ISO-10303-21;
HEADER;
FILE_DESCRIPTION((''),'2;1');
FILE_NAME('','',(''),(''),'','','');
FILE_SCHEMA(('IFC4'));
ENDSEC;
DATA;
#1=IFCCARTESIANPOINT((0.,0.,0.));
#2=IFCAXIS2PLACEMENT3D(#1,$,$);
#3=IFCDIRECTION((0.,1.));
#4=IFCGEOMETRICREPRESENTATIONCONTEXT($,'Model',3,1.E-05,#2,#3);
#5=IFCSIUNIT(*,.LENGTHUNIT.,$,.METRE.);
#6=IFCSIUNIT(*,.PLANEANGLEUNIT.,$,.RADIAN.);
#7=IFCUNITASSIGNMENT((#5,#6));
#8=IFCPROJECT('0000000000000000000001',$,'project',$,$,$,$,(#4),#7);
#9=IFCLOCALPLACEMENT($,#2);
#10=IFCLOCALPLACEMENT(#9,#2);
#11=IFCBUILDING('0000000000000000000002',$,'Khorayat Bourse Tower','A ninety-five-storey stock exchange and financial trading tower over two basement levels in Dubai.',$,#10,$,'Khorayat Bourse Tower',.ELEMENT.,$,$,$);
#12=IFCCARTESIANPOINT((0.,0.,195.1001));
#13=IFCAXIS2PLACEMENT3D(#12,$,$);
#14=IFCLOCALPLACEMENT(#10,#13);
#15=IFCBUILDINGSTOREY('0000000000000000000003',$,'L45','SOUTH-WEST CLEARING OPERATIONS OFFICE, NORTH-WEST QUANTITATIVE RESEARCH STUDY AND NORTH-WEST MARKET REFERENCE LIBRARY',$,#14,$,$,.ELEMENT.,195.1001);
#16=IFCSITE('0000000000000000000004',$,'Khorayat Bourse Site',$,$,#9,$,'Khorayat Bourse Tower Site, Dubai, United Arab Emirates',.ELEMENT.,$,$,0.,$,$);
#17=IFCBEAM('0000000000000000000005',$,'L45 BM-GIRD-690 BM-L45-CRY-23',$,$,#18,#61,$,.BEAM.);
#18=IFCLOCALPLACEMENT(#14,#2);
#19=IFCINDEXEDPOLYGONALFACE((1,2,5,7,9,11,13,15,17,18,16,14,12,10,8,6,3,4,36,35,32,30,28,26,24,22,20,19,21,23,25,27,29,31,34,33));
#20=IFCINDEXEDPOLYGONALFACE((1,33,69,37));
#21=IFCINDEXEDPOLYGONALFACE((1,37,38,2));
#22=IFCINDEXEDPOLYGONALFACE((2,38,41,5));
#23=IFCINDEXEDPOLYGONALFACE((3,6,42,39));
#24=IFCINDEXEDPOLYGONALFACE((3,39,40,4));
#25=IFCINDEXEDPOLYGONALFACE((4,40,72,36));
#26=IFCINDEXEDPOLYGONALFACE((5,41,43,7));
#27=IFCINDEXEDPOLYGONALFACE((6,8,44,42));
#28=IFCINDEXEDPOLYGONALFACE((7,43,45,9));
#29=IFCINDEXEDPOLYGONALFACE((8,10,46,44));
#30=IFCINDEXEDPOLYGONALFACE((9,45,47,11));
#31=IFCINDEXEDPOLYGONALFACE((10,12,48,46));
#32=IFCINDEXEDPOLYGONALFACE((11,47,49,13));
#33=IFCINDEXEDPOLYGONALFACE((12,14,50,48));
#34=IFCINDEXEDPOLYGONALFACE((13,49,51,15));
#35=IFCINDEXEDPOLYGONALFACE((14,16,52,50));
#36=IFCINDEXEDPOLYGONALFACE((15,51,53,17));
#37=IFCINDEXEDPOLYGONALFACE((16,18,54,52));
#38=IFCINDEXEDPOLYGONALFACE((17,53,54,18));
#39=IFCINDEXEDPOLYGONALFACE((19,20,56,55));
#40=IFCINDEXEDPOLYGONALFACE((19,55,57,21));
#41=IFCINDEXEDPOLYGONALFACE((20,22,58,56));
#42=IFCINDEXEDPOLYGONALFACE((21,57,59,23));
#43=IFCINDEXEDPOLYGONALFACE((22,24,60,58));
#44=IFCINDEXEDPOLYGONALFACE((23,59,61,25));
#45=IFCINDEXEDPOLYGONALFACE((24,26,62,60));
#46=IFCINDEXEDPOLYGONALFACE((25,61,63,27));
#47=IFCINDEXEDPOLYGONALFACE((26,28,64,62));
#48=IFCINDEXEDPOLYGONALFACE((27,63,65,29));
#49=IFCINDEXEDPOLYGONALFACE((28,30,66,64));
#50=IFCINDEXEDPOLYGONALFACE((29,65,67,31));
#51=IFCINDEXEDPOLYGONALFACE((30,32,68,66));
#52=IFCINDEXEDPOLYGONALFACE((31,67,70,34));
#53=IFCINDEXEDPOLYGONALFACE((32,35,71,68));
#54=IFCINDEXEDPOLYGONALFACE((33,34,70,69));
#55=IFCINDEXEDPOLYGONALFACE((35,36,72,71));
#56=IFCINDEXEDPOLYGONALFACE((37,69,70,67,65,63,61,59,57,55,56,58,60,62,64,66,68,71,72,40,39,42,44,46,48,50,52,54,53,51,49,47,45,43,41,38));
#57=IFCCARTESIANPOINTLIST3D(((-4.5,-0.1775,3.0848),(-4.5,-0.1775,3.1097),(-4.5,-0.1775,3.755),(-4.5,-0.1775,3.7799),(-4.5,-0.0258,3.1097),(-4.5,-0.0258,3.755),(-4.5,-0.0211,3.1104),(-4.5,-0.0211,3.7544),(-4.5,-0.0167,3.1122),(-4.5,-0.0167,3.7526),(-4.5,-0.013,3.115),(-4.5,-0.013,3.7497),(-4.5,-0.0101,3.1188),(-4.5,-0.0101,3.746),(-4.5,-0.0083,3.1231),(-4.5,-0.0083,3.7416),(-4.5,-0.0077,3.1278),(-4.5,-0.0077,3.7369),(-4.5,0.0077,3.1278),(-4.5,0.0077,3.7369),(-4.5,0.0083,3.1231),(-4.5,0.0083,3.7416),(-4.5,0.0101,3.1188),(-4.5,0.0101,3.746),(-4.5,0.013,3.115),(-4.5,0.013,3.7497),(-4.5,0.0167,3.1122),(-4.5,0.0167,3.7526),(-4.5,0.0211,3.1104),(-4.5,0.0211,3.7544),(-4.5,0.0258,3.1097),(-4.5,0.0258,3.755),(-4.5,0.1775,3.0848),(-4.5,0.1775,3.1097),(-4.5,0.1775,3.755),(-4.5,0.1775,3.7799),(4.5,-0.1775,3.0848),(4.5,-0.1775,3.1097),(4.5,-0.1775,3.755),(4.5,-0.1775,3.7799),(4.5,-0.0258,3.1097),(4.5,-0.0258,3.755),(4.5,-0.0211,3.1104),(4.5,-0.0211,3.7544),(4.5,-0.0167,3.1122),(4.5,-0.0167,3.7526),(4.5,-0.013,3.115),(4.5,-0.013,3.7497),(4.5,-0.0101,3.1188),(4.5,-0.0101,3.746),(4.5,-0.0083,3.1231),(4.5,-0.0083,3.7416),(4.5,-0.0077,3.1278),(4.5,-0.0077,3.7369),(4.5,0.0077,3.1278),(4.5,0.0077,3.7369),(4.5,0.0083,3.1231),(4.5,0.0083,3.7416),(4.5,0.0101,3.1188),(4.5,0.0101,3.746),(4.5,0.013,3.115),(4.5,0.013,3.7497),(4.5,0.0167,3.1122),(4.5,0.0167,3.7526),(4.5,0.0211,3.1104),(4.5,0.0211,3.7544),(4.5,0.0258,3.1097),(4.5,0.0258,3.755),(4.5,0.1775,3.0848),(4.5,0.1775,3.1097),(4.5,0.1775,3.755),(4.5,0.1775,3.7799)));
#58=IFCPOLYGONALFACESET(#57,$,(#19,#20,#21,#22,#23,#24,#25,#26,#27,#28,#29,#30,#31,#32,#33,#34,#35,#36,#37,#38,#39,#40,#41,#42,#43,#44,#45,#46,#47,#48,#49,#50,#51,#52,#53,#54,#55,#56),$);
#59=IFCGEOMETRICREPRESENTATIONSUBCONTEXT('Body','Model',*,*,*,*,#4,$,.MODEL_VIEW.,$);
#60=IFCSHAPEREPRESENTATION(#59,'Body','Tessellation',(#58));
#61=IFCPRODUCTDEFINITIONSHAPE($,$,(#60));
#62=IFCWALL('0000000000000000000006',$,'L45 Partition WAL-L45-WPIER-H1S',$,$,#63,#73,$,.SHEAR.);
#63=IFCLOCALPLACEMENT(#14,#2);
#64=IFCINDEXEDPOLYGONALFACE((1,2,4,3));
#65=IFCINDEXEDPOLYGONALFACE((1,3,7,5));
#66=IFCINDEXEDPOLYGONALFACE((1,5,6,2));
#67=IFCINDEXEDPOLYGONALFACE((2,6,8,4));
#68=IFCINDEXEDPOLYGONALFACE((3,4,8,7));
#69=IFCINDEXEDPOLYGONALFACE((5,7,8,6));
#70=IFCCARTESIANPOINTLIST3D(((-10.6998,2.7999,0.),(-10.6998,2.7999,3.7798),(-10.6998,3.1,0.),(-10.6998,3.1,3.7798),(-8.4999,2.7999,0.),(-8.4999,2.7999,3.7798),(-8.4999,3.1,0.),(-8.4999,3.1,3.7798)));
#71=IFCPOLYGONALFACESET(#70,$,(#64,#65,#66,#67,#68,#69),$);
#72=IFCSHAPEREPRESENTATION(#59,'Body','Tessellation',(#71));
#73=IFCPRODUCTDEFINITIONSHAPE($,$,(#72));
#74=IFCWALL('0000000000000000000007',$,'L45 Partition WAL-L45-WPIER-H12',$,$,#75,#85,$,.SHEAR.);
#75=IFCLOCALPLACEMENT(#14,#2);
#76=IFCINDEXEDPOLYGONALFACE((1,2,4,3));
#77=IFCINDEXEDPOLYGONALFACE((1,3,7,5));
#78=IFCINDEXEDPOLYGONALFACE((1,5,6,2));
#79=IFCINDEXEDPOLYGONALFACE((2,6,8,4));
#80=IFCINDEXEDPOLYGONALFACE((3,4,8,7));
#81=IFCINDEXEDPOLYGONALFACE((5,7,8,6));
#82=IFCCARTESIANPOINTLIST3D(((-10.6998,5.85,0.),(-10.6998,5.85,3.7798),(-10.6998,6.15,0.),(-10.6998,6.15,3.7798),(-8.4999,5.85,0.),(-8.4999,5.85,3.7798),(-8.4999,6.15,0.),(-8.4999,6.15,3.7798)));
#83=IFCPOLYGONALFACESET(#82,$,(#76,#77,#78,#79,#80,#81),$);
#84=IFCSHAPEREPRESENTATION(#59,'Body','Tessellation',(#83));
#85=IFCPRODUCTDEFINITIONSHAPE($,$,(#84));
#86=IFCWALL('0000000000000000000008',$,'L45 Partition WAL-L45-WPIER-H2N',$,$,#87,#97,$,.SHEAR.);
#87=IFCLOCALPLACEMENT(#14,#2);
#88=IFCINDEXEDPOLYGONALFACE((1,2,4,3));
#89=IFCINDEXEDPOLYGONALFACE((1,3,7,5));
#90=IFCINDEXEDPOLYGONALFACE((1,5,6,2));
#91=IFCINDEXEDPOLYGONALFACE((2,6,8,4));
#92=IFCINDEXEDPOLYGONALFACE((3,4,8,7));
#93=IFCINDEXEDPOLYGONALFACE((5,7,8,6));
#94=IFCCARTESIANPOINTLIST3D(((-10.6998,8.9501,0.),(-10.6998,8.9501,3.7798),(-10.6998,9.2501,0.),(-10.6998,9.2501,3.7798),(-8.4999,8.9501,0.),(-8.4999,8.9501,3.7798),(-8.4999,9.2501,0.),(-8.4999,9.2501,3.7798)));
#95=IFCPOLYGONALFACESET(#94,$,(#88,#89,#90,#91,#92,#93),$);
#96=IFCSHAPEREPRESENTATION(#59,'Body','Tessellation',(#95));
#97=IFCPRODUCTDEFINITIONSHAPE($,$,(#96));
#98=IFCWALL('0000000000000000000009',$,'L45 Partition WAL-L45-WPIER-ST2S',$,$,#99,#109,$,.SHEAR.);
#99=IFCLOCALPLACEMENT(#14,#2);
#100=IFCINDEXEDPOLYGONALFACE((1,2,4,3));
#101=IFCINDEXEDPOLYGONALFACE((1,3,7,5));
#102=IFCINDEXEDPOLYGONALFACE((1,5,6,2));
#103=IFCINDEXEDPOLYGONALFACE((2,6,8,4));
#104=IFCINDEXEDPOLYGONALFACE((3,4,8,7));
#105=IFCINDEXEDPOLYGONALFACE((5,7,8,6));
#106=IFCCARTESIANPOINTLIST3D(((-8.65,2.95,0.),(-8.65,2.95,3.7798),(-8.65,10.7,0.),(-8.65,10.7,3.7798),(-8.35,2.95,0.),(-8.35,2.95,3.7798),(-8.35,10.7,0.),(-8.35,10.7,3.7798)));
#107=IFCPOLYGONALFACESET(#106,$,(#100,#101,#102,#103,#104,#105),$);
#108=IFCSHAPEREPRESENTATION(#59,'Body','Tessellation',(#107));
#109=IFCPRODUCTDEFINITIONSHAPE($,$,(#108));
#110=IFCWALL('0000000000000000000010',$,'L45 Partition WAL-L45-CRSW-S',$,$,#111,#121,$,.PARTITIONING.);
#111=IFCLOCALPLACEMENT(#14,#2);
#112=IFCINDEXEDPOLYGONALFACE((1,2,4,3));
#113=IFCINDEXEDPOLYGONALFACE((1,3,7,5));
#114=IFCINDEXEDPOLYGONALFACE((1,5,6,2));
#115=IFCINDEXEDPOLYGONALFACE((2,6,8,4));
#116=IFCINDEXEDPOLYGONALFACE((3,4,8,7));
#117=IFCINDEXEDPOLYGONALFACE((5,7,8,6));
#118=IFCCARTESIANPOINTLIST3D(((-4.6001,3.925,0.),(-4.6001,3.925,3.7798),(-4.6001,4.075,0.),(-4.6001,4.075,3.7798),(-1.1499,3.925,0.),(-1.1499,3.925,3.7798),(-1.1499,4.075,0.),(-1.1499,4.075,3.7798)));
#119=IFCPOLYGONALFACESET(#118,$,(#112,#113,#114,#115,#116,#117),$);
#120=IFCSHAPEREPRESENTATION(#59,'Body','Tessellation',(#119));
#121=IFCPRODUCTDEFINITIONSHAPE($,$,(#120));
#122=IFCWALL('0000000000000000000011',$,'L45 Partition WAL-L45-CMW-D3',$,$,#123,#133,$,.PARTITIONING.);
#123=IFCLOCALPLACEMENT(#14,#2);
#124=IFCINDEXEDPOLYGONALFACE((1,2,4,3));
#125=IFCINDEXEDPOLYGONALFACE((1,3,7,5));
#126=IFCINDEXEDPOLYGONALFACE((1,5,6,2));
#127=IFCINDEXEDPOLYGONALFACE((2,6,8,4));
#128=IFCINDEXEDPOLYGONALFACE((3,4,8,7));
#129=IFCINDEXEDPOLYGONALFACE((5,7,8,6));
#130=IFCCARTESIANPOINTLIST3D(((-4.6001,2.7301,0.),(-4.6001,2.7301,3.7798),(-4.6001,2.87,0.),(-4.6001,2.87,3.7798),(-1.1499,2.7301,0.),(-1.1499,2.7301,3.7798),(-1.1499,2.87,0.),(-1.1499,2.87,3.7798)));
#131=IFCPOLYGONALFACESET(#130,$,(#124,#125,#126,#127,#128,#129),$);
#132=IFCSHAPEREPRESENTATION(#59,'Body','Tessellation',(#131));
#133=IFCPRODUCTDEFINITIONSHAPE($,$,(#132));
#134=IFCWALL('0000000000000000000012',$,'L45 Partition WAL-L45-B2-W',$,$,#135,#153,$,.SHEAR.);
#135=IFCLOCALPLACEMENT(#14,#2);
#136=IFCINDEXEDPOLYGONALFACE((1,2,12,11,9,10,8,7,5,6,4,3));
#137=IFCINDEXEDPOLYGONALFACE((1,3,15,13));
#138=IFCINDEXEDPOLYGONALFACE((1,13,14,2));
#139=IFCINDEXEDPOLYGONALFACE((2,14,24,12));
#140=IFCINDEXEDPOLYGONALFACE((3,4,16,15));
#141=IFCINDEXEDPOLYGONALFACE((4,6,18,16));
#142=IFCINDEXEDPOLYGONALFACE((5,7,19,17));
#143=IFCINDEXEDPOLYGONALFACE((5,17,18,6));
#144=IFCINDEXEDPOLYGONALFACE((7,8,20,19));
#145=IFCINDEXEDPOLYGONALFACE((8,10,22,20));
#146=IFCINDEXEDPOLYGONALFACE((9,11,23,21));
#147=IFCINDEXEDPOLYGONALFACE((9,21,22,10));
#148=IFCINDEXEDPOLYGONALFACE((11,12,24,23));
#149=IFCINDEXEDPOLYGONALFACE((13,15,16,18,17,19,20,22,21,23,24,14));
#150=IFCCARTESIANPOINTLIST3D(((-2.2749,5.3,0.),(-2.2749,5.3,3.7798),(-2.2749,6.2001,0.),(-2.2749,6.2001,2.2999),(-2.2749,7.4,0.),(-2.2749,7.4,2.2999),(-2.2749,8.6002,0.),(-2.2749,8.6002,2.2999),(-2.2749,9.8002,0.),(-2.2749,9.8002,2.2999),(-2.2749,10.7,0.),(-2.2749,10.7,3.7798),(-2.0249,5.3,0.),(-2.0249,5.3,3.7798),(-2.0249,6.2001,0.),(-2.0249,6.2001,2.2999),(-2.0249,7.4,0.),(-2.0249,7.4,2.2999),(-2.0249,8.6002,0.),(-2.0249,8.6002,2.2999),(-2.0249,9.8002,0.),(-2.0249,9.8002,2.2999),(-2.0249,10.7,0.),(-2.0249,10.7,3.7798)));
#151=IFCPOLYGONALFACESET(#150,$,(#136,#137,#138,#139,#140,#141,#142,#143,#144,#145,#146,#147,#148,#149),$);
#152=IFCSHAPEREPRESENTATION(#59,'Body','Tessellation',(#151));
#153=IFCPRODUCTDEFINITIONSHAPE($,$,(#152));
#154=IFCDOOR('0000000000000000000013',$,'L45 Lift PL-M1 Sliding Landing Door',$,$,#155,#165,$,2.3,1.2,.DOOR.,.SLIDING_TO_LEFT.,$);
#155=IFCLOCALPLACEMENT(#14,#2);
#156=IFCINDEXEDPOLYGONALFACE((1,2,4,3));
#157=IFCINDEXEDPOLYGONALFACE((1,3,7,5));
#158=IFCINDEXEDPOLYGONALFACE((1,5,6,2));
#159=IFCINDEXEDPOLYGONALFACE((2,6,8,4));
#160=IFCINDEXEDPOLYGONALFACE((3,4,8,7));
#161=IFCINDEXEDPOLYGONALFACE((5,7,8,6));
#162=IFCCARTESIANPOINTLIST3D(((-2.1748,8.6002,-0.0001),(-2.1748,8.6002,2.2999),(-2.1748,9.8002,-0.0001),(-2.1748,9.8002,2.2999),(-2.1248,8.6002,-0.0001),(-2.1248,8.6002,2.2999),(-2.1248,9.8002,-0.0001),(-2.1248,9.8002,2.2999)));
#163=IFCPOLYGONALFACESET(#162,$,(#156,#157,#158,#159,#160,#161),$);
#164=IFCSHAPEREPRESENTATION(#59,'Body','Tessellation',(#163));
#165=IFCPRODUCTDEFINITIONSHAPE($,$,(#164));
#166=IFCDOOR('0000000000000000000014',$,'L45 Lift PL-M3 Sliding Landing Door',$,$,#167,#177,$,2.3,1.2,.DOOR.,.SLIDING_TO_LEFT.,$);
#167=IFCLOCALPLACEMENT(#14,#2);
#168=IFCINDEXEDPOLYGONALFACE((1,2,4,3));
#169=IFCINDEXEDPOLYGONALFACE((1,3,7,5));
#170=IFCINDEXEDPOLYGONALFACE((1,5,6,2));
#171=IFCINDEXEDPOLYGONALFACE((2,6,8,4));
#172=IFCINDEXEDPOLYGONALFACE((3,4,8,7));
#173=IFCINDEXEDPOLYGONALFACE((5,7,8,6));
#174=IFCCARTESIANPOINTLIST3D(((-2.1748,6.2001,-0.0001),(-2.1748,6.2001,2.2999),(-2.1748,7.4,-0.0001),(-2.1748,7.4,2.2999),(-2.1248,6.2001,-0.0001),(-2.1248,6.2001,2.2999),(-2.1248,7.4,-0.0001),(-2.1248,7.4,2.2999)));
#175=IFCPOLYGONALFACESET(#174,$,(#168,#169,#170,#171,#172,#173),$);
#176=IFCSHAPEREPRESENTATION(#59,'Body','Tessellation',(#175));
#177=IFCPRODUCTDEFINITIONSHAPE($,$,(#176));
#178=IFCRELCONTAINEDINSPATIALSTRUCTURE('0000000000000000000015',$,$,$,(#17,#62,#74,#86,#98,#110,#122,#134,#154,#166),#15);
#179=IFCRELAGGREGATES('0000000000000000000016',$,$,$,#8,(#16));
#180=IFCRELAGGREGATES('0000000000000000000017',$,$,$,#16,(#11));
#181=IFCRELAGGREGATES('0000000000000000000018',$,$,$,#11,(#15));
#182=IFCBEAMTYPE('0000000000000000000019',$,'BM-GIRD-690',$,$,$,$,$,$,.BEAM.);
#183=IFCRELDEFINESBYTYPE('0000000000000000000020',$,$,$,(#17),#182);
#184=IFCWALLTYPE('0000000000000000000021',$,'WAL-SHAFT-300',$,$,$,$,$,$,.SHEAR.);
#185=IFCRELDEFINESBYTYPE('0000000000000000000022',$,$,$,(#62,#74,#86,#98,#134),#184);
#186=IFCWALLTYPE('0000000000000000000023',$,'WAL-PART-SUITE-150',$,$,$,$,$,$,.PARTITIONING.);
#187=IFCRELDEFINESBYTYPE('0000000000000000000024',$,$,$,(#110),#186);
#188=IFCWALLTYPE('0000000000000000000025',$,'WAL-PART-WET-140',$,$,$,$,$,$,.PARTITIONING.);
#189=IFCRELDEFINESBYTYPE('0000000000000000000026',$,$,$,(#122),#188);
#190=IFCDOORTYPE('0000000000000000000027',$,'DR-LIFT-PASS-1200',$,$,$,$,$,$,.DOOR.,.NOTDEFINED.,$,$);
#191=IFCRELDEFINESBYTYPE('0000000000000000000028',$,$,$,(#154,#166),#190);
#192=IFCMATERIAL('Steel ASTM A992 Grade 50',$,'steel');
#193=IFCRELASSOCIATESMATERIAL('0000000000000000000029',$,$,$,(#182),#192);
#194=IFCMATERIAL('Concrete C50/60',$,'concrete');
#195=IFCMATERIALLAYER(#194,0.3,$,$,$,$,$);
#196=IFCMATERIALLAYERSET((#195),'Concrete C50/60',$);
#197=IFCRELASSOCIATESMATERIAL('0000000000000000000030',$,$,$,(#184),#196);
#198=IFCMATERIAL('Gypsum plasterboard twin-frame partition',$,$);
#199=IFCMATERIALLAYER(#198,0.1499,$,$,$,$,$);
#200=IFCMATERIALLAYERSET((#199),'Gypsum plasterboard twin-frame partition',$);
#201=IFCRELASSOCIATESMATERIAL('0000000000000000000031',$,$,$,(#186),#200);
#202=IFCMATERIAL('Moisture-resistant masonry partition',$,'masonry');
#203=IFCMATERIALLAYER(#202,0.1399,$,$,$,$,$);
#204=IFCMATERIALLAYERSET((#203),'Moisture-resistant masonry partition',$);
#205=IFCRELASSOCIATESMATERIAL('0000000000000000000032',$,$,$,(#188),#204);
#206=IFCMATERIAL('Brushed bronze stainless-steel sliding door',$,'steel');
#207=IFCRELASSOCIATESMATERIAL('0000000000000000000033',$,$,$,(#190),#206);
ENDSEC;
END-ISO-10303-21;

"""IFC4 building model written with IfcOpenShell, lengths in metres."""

from ifc_helpers import new_model, si_unit, direction, frame, frame_2d, origin, origin_2d, place, context, subcontext, project, spatial, rectangle, i_section, extrude, source, transform, mapped, material, layer, layer_set, material_profile, profile_set, type_object, element, fill, save


model = new_model("IFC4")

# Units and contexts
model_context = context("Model", 3, precision=1e-05, world=origin(), true_north=direction((0.0, 1.0)))
body_context = subcontext(model_context, "Body", "Model", "MODEL_VIEW")
ifc_project = project(units=[si_unit("LENGTHUNIT", "METRE"), si_unit("PLANEANGLEUNIT", "RADIAN")], contexts=[model_context])

# Site, building, storey
site_placement = place(None, origin())
site = spatial("IfcSite", under=ifc_project, at=site_placement, Name="Khorayat Bourse Site", LongName="Khorayat Bourse Tower Site, Dubai, United Arab Emirates", CompositionType="ELEMENT", RefElevation=0.0)
building_placement = place(site_placement, origin())
building = spatial("IfcBuilding", under=site, at=building_placement, Name="Khorayat Bourse Tower", Description="A ninety-five-storey stock exchange and financial trading tower over two basement levels in Dubai.", LongName="Khorayat Bourse Tower", CompositionType="ELEMENT")
storey_placement = place(building_placement, frame((0.0, 0.0, 195.1001)))
storey = spatial("IfcBuildingStorey", under=building, at=storey_placement, Name="L45", Description="SOUTH-WEST CLEARING OPERATIONS OFFICE, NORTH-WEST QUANTITATIVE RESEARCH STUDY AND NORTH-WEST MARKET REFERENCE LIBRARY", CompositionType="ELEMENT", Elevation=195.1001)

# Beam
ifc_material_1 = material(Name="Steel ASTM A992 Grade 50", Category="steel")
ifc_material_profile_1 = material_profile(ifc_material_1, i_section(OverallWidth=0.355, OverallDepth=0.6951, WebThickness=0.0154, FlangeThickness=0.0249, FilletRadius=0.0181, at=origin_2d()), Name="W690X217")
ifc_profile_set_1 = profile_set([ifc_material_profile_1], Name="Steel ASTM A992 Grade 50")
beam_type = type_object("IfcBeamType", Name="BM-GIRD-690", PredefinedType="BEAM", material=ifc_profile_set_1)
shared_shape_1 = source(origin(), body_context, "Body", "SweptSolid", [
    extrude(i_section(OverallWidth=0.355, OverallDepth=0.6951, WebThickness=0.0154, FlangeThickness=0.0249, FilletRadius=0.0181, at=origin_2d()), origin(), (0.0, 0.0, 1.0), 9.0),
])
beam_1_placement = place(storey_placement, frame((-4.5, 0.0, 3.4324), z_axis=(1.0, 0.0, 0.0), x_axis=(0.0, 1.0, 0.0)))
element("IfcBeam", 1, at=beam_1_placement, inside=storey, type_object=beam_type, Name="L45 BM-GIRD-690 BM-L45-CRY-23", PredefinedType="BEAM", context=body_context, shape_type="MappedRepresentation", body=[
    mapped(shared_shape_1, transform((0.0, 0.0, 0.0), scale=1.0)),
])

# Walls
ifc_material_2 = material(Name="Concrete C50/60", Category="concrete")
ifc_layer_1 = layer(ifc_material_2, 0.3)
ifc_layer_set_1 = layer_set([ifc_layer_1], Name="Concrete C50/60")
wall_type_1 = type_object("IfcWallType", Name="WAL-SHAFT-300", PredefinedType="SHEAR", material=ifc_layer_set_1)
shared_shape_2 = source(origin(), body_context, "Body", "SweptSolid", [
    extrude(rectangle(XDim=2.2, YDim=0.3, at=frame_2d((1.1001, 0.0))), origin(), (0.0, 0.0, 1.0), 3.7798),
])
for number, where, z_axis, x_axis, name in (
    (2, (-10.7, 2.95, 0.0), (0.0, 0.0, 1.0), (1.0, 0.0, 0.0), "L45 Partition WAL-L45-WPIER-H1S"),
    (3, (-10.7, 6.0, 0.0), (0.0, 0.0, 1.0), (1.0, 0.0, 0.0), "L45 Partition WAL-L45-WPIER-H12"),
    (4, (-10.7, 9.1001, 0.0), (0.0, 0.0, 1.0), (1.0, 0.0, 0.0), "L45 Partition WAL-L45-WPIER-H2N"),
):
    element("IfcWall", number, at=place(storey_placement, frame(where, z_axis=z_axis, x_axis=x_axis)), inside=storey, type_object=wall_type_1, Name=name, PredefinedType="SHEAR", context=body_context, shape_type="MappedRepresentation", body=[
        mapped(shared_shape_2, transform((0.0, 0.0, 0.0), scale=1.0)),
    ])
shared_shape_3 = source(origin(), body_context, "Body", "SweptSolid", [
    extrude(rectangle(XDim=7.75, YDim=0.3, at=frame_2d((3.875, 0.0))), origin(), (0.0, 0.0, 1.0), 3.7798),
])
wall_1_placement = place(storey_placement, frame((-8.5, 2.95, 0.0), z_axis=(0.0, 0.0, 1.0), x_axis=(0.0, 1.0, 0.0)))
element("IfcWall", 5, at=wall_1_placement, inside=storey, type_object=wall_type_1, Name="L45 Partition WAL-L45-WPIER-ST2S", PredefinedType="SHEAR", context=body_context, shape_type="MappedRepresentation", body=[
    mapped(shared_shape_3, transform((0.0, 0.0, 0.0), scale=1.0)),
])
ifc_material_3 = material(Name="Gypsum plasterboard twin-frame partition")
ifc_layer_2 = layer(ifc_material_3, 0.1499)
ifc_layer_set_2 = layer_set([ifc_layer_2], Name="Gypsum plasterboard twin-frame partition")
wall_type_2 = type_object("IfcWallType", Name="WAL-PART-SUITE-150", PredefinedType="PARTITIONING", material=ifc_layer_set_2)
shared_shape_4 = source(origin(), body_context, "Body", "SweptSolid", [
    extrude(rectangle(XDim=3.4502, YDim=0.1499, at=frame_2d((1.7251, 0.0))), origin(), (0.0, 0.0, 1.0), 3.7798),
])
wall_2_placement = place(storey_placement, frame((-4.6001, 4.0, 0.0), z_axis=(0.0, 0.0, 1.0), x_axis=(1.0, 0.0, 0.0)))
element("IfcWall", 6, at=wall_2_placement, inside=storey, type_object=wall_type_2, Name="L45 Partition WAL-L45-CRSW-S", PredefinedType="PARTITIONING", context=body_context, shape_type="MappedRepresentation", body=[
    mapped(shared_shape_4, transform((0.0, 0.0, 0.0), scale=1.0)),
])
ifc_material_4 = material(Name="Moisture-resistant masonry partition", Category="masonry")
ifc_layer_3 = layer(ifc_material_4, 0.1399)
ifc_layer_set_3 = layer_set([ifc_layer_3], Name="Moisture-resistant masonry partition")
wall_type_3 = type_object("IfcWallType", Name="WAL-PART-WET-140", PredefinedType="PARTITIONING", material=ifc_layer_set_3)
shared_shape_5 = source(origin(), body_context, "Body", "SweptSolid", [
    extrude(rectangle(XDim=3.4502, YDim=0.1399, at=frame_2d((1.7251, 0.0))), origin(), (0.0, 0.0, 1.0), 3.7798),
])
wall_3_placement = place(storey_placement, frame((-4.6001, 2.8, 0.0), z_axis=(0.0, 0.0, 1.0), x_axis=(1.0, 0.0, 0.0)))
element("IfcWall", 7, at=wall_3_placement, inside=storey, type_object=wall_type_3, Name="L45 Partition WAL-L45-CMW-D3", PredefinedType="PARTITIONING", context=body_context, shape_type="MappedRepresentation", body=[
    mapped(shared_shape_5, transform((0.0, 0.0, 0.0), scale=1.0)),
])

# Wall, openings, doors
shared_shape_6 = source(origin(), body_context, "Body", "SweptSolid", [
    extrude(rectangle(XDim=5.3999, YDim=0.25, at=frame_2d((2.7, 0.0))), origin(), (0.0, 0.0, 1.0), 3.7798),
])
wall_4_placement = place(storey_placement, frame((-2.1499, 5.3, 0.0), z_axis=(0.0, 0.0, 1.0), x_axis=(0.0, 1.0, 0.0)))
wall_4 = element("IfcWall", 8, at=wall_4_placement, inside=storey, type_object=wall_type_1, Name="L45 Partition WAL-L45-B2-W", PredefinedType="SHEAR", context=body_context, shape_type="MappedRepresentation", body=[
    mapped(shared_shape_6, transform((0.0, 0.0, 0.0), scale=1.0)),
])
shared_shape_7 = source(origin(), body_context, "Body", "SweptSolid", [
    extrude(rectangle(XDim=1.2, YDim=2.3, at=frame_2d((0.6001, 1.1499))), frame((0.0, 0.135, 0.0), z_axis=(0.0, -1.0, 0.0), x_axis=(1.0, 0.0, 0.0)), (0.0, 0.0, 1.0), 0.27),
])
opening_1_placement = place(wall_4_placement, frame((3.3, 0.0, 0.0)))
opening_1 = element("IfcOpeningElement", 9, at=opening_1_placement, cuts=wall_4, PredefinedType="OPENING", context=body_context, shape_type="MappedRepresentation", body=[
    mapped(shared_shape_7, transform((0.0, 0.0, 0.0), scale=1.0)),
])
opening_2_placement = place(wall_4_placement, frame((0.8999, 0.0, 0.0)))
opening_2 = element("IfcOpeningElement", 10, at=opening_2_placement, cuts=wall_4, PredefinedType="OPENING", context=body_context, shape_type="MappedRepresentation", body=[
    mapped(shared_shape_7, transform((0.0, 0.0, 0.0), scale=1.0)),
])
ifc_material_5 = material(Name="Brushed bronze stainless-steel sliding door", Category="steel")
door_type_1 = type_object("IfcDoorType", Name="DR-LIFT-PASS-1200", OperationType="NOTDEFINED", PredefinedType="DOOR", material=ifc_material_5)
shared_shape_8 = source(origin(), body_context, "Body", "SweptSolid", [
    extrude(rectangle(XDim=1.2, YDim=2.3, at=frame_2d((0.6001, 1.1499))), frame((0.0, 0.0249, 0.0), z_axis=(0.0, -1.0, 0.0), x_axis=(1.0, 0.0, 0.0)), (0.0, 0.0, 1.0), 0.05),
])
door_1_placement = place(opening_1_placement, origin())
door_1 = element("IfcDoor", 11, at=door_1_placement, inside=storey, type_object=door_type_1, Name="L45 Lift PL-M1 Sliding Landing Door", OperationType="SLIDING_TO_LEFT", OverallHeight=2.3, OverallWidth=1.2, PredefinedType="DOOR", context=body_context, shape_type="MappedRepresentation", body=[
    mapped(shared_shape_8, transform((0.0, 0.0, 0.0), scale=1.0)),
])
fill(opening_1, door_1)
door_2_placement = place(opening_2_placement, origin())
door_2 = element("IfcDoor", 12, at=door_2_placement, inside=storey, type_object=door_type_1, Name="L45 Lift PL-M3 Sliding Landing Door", OperationType="SLIDING_TO_LEFT", OverallHeight=2.3, OverallWidth=1.2, PredefinedType="DOOR", context=body_context, shape_type="MappedRepresentation", body=[
    mapped(shared_shape_8, transform((0.0, 0.0, 0.0), scale=1.0)),
])
fill(opening_2, door_2)

save(model, "model.ifc")
